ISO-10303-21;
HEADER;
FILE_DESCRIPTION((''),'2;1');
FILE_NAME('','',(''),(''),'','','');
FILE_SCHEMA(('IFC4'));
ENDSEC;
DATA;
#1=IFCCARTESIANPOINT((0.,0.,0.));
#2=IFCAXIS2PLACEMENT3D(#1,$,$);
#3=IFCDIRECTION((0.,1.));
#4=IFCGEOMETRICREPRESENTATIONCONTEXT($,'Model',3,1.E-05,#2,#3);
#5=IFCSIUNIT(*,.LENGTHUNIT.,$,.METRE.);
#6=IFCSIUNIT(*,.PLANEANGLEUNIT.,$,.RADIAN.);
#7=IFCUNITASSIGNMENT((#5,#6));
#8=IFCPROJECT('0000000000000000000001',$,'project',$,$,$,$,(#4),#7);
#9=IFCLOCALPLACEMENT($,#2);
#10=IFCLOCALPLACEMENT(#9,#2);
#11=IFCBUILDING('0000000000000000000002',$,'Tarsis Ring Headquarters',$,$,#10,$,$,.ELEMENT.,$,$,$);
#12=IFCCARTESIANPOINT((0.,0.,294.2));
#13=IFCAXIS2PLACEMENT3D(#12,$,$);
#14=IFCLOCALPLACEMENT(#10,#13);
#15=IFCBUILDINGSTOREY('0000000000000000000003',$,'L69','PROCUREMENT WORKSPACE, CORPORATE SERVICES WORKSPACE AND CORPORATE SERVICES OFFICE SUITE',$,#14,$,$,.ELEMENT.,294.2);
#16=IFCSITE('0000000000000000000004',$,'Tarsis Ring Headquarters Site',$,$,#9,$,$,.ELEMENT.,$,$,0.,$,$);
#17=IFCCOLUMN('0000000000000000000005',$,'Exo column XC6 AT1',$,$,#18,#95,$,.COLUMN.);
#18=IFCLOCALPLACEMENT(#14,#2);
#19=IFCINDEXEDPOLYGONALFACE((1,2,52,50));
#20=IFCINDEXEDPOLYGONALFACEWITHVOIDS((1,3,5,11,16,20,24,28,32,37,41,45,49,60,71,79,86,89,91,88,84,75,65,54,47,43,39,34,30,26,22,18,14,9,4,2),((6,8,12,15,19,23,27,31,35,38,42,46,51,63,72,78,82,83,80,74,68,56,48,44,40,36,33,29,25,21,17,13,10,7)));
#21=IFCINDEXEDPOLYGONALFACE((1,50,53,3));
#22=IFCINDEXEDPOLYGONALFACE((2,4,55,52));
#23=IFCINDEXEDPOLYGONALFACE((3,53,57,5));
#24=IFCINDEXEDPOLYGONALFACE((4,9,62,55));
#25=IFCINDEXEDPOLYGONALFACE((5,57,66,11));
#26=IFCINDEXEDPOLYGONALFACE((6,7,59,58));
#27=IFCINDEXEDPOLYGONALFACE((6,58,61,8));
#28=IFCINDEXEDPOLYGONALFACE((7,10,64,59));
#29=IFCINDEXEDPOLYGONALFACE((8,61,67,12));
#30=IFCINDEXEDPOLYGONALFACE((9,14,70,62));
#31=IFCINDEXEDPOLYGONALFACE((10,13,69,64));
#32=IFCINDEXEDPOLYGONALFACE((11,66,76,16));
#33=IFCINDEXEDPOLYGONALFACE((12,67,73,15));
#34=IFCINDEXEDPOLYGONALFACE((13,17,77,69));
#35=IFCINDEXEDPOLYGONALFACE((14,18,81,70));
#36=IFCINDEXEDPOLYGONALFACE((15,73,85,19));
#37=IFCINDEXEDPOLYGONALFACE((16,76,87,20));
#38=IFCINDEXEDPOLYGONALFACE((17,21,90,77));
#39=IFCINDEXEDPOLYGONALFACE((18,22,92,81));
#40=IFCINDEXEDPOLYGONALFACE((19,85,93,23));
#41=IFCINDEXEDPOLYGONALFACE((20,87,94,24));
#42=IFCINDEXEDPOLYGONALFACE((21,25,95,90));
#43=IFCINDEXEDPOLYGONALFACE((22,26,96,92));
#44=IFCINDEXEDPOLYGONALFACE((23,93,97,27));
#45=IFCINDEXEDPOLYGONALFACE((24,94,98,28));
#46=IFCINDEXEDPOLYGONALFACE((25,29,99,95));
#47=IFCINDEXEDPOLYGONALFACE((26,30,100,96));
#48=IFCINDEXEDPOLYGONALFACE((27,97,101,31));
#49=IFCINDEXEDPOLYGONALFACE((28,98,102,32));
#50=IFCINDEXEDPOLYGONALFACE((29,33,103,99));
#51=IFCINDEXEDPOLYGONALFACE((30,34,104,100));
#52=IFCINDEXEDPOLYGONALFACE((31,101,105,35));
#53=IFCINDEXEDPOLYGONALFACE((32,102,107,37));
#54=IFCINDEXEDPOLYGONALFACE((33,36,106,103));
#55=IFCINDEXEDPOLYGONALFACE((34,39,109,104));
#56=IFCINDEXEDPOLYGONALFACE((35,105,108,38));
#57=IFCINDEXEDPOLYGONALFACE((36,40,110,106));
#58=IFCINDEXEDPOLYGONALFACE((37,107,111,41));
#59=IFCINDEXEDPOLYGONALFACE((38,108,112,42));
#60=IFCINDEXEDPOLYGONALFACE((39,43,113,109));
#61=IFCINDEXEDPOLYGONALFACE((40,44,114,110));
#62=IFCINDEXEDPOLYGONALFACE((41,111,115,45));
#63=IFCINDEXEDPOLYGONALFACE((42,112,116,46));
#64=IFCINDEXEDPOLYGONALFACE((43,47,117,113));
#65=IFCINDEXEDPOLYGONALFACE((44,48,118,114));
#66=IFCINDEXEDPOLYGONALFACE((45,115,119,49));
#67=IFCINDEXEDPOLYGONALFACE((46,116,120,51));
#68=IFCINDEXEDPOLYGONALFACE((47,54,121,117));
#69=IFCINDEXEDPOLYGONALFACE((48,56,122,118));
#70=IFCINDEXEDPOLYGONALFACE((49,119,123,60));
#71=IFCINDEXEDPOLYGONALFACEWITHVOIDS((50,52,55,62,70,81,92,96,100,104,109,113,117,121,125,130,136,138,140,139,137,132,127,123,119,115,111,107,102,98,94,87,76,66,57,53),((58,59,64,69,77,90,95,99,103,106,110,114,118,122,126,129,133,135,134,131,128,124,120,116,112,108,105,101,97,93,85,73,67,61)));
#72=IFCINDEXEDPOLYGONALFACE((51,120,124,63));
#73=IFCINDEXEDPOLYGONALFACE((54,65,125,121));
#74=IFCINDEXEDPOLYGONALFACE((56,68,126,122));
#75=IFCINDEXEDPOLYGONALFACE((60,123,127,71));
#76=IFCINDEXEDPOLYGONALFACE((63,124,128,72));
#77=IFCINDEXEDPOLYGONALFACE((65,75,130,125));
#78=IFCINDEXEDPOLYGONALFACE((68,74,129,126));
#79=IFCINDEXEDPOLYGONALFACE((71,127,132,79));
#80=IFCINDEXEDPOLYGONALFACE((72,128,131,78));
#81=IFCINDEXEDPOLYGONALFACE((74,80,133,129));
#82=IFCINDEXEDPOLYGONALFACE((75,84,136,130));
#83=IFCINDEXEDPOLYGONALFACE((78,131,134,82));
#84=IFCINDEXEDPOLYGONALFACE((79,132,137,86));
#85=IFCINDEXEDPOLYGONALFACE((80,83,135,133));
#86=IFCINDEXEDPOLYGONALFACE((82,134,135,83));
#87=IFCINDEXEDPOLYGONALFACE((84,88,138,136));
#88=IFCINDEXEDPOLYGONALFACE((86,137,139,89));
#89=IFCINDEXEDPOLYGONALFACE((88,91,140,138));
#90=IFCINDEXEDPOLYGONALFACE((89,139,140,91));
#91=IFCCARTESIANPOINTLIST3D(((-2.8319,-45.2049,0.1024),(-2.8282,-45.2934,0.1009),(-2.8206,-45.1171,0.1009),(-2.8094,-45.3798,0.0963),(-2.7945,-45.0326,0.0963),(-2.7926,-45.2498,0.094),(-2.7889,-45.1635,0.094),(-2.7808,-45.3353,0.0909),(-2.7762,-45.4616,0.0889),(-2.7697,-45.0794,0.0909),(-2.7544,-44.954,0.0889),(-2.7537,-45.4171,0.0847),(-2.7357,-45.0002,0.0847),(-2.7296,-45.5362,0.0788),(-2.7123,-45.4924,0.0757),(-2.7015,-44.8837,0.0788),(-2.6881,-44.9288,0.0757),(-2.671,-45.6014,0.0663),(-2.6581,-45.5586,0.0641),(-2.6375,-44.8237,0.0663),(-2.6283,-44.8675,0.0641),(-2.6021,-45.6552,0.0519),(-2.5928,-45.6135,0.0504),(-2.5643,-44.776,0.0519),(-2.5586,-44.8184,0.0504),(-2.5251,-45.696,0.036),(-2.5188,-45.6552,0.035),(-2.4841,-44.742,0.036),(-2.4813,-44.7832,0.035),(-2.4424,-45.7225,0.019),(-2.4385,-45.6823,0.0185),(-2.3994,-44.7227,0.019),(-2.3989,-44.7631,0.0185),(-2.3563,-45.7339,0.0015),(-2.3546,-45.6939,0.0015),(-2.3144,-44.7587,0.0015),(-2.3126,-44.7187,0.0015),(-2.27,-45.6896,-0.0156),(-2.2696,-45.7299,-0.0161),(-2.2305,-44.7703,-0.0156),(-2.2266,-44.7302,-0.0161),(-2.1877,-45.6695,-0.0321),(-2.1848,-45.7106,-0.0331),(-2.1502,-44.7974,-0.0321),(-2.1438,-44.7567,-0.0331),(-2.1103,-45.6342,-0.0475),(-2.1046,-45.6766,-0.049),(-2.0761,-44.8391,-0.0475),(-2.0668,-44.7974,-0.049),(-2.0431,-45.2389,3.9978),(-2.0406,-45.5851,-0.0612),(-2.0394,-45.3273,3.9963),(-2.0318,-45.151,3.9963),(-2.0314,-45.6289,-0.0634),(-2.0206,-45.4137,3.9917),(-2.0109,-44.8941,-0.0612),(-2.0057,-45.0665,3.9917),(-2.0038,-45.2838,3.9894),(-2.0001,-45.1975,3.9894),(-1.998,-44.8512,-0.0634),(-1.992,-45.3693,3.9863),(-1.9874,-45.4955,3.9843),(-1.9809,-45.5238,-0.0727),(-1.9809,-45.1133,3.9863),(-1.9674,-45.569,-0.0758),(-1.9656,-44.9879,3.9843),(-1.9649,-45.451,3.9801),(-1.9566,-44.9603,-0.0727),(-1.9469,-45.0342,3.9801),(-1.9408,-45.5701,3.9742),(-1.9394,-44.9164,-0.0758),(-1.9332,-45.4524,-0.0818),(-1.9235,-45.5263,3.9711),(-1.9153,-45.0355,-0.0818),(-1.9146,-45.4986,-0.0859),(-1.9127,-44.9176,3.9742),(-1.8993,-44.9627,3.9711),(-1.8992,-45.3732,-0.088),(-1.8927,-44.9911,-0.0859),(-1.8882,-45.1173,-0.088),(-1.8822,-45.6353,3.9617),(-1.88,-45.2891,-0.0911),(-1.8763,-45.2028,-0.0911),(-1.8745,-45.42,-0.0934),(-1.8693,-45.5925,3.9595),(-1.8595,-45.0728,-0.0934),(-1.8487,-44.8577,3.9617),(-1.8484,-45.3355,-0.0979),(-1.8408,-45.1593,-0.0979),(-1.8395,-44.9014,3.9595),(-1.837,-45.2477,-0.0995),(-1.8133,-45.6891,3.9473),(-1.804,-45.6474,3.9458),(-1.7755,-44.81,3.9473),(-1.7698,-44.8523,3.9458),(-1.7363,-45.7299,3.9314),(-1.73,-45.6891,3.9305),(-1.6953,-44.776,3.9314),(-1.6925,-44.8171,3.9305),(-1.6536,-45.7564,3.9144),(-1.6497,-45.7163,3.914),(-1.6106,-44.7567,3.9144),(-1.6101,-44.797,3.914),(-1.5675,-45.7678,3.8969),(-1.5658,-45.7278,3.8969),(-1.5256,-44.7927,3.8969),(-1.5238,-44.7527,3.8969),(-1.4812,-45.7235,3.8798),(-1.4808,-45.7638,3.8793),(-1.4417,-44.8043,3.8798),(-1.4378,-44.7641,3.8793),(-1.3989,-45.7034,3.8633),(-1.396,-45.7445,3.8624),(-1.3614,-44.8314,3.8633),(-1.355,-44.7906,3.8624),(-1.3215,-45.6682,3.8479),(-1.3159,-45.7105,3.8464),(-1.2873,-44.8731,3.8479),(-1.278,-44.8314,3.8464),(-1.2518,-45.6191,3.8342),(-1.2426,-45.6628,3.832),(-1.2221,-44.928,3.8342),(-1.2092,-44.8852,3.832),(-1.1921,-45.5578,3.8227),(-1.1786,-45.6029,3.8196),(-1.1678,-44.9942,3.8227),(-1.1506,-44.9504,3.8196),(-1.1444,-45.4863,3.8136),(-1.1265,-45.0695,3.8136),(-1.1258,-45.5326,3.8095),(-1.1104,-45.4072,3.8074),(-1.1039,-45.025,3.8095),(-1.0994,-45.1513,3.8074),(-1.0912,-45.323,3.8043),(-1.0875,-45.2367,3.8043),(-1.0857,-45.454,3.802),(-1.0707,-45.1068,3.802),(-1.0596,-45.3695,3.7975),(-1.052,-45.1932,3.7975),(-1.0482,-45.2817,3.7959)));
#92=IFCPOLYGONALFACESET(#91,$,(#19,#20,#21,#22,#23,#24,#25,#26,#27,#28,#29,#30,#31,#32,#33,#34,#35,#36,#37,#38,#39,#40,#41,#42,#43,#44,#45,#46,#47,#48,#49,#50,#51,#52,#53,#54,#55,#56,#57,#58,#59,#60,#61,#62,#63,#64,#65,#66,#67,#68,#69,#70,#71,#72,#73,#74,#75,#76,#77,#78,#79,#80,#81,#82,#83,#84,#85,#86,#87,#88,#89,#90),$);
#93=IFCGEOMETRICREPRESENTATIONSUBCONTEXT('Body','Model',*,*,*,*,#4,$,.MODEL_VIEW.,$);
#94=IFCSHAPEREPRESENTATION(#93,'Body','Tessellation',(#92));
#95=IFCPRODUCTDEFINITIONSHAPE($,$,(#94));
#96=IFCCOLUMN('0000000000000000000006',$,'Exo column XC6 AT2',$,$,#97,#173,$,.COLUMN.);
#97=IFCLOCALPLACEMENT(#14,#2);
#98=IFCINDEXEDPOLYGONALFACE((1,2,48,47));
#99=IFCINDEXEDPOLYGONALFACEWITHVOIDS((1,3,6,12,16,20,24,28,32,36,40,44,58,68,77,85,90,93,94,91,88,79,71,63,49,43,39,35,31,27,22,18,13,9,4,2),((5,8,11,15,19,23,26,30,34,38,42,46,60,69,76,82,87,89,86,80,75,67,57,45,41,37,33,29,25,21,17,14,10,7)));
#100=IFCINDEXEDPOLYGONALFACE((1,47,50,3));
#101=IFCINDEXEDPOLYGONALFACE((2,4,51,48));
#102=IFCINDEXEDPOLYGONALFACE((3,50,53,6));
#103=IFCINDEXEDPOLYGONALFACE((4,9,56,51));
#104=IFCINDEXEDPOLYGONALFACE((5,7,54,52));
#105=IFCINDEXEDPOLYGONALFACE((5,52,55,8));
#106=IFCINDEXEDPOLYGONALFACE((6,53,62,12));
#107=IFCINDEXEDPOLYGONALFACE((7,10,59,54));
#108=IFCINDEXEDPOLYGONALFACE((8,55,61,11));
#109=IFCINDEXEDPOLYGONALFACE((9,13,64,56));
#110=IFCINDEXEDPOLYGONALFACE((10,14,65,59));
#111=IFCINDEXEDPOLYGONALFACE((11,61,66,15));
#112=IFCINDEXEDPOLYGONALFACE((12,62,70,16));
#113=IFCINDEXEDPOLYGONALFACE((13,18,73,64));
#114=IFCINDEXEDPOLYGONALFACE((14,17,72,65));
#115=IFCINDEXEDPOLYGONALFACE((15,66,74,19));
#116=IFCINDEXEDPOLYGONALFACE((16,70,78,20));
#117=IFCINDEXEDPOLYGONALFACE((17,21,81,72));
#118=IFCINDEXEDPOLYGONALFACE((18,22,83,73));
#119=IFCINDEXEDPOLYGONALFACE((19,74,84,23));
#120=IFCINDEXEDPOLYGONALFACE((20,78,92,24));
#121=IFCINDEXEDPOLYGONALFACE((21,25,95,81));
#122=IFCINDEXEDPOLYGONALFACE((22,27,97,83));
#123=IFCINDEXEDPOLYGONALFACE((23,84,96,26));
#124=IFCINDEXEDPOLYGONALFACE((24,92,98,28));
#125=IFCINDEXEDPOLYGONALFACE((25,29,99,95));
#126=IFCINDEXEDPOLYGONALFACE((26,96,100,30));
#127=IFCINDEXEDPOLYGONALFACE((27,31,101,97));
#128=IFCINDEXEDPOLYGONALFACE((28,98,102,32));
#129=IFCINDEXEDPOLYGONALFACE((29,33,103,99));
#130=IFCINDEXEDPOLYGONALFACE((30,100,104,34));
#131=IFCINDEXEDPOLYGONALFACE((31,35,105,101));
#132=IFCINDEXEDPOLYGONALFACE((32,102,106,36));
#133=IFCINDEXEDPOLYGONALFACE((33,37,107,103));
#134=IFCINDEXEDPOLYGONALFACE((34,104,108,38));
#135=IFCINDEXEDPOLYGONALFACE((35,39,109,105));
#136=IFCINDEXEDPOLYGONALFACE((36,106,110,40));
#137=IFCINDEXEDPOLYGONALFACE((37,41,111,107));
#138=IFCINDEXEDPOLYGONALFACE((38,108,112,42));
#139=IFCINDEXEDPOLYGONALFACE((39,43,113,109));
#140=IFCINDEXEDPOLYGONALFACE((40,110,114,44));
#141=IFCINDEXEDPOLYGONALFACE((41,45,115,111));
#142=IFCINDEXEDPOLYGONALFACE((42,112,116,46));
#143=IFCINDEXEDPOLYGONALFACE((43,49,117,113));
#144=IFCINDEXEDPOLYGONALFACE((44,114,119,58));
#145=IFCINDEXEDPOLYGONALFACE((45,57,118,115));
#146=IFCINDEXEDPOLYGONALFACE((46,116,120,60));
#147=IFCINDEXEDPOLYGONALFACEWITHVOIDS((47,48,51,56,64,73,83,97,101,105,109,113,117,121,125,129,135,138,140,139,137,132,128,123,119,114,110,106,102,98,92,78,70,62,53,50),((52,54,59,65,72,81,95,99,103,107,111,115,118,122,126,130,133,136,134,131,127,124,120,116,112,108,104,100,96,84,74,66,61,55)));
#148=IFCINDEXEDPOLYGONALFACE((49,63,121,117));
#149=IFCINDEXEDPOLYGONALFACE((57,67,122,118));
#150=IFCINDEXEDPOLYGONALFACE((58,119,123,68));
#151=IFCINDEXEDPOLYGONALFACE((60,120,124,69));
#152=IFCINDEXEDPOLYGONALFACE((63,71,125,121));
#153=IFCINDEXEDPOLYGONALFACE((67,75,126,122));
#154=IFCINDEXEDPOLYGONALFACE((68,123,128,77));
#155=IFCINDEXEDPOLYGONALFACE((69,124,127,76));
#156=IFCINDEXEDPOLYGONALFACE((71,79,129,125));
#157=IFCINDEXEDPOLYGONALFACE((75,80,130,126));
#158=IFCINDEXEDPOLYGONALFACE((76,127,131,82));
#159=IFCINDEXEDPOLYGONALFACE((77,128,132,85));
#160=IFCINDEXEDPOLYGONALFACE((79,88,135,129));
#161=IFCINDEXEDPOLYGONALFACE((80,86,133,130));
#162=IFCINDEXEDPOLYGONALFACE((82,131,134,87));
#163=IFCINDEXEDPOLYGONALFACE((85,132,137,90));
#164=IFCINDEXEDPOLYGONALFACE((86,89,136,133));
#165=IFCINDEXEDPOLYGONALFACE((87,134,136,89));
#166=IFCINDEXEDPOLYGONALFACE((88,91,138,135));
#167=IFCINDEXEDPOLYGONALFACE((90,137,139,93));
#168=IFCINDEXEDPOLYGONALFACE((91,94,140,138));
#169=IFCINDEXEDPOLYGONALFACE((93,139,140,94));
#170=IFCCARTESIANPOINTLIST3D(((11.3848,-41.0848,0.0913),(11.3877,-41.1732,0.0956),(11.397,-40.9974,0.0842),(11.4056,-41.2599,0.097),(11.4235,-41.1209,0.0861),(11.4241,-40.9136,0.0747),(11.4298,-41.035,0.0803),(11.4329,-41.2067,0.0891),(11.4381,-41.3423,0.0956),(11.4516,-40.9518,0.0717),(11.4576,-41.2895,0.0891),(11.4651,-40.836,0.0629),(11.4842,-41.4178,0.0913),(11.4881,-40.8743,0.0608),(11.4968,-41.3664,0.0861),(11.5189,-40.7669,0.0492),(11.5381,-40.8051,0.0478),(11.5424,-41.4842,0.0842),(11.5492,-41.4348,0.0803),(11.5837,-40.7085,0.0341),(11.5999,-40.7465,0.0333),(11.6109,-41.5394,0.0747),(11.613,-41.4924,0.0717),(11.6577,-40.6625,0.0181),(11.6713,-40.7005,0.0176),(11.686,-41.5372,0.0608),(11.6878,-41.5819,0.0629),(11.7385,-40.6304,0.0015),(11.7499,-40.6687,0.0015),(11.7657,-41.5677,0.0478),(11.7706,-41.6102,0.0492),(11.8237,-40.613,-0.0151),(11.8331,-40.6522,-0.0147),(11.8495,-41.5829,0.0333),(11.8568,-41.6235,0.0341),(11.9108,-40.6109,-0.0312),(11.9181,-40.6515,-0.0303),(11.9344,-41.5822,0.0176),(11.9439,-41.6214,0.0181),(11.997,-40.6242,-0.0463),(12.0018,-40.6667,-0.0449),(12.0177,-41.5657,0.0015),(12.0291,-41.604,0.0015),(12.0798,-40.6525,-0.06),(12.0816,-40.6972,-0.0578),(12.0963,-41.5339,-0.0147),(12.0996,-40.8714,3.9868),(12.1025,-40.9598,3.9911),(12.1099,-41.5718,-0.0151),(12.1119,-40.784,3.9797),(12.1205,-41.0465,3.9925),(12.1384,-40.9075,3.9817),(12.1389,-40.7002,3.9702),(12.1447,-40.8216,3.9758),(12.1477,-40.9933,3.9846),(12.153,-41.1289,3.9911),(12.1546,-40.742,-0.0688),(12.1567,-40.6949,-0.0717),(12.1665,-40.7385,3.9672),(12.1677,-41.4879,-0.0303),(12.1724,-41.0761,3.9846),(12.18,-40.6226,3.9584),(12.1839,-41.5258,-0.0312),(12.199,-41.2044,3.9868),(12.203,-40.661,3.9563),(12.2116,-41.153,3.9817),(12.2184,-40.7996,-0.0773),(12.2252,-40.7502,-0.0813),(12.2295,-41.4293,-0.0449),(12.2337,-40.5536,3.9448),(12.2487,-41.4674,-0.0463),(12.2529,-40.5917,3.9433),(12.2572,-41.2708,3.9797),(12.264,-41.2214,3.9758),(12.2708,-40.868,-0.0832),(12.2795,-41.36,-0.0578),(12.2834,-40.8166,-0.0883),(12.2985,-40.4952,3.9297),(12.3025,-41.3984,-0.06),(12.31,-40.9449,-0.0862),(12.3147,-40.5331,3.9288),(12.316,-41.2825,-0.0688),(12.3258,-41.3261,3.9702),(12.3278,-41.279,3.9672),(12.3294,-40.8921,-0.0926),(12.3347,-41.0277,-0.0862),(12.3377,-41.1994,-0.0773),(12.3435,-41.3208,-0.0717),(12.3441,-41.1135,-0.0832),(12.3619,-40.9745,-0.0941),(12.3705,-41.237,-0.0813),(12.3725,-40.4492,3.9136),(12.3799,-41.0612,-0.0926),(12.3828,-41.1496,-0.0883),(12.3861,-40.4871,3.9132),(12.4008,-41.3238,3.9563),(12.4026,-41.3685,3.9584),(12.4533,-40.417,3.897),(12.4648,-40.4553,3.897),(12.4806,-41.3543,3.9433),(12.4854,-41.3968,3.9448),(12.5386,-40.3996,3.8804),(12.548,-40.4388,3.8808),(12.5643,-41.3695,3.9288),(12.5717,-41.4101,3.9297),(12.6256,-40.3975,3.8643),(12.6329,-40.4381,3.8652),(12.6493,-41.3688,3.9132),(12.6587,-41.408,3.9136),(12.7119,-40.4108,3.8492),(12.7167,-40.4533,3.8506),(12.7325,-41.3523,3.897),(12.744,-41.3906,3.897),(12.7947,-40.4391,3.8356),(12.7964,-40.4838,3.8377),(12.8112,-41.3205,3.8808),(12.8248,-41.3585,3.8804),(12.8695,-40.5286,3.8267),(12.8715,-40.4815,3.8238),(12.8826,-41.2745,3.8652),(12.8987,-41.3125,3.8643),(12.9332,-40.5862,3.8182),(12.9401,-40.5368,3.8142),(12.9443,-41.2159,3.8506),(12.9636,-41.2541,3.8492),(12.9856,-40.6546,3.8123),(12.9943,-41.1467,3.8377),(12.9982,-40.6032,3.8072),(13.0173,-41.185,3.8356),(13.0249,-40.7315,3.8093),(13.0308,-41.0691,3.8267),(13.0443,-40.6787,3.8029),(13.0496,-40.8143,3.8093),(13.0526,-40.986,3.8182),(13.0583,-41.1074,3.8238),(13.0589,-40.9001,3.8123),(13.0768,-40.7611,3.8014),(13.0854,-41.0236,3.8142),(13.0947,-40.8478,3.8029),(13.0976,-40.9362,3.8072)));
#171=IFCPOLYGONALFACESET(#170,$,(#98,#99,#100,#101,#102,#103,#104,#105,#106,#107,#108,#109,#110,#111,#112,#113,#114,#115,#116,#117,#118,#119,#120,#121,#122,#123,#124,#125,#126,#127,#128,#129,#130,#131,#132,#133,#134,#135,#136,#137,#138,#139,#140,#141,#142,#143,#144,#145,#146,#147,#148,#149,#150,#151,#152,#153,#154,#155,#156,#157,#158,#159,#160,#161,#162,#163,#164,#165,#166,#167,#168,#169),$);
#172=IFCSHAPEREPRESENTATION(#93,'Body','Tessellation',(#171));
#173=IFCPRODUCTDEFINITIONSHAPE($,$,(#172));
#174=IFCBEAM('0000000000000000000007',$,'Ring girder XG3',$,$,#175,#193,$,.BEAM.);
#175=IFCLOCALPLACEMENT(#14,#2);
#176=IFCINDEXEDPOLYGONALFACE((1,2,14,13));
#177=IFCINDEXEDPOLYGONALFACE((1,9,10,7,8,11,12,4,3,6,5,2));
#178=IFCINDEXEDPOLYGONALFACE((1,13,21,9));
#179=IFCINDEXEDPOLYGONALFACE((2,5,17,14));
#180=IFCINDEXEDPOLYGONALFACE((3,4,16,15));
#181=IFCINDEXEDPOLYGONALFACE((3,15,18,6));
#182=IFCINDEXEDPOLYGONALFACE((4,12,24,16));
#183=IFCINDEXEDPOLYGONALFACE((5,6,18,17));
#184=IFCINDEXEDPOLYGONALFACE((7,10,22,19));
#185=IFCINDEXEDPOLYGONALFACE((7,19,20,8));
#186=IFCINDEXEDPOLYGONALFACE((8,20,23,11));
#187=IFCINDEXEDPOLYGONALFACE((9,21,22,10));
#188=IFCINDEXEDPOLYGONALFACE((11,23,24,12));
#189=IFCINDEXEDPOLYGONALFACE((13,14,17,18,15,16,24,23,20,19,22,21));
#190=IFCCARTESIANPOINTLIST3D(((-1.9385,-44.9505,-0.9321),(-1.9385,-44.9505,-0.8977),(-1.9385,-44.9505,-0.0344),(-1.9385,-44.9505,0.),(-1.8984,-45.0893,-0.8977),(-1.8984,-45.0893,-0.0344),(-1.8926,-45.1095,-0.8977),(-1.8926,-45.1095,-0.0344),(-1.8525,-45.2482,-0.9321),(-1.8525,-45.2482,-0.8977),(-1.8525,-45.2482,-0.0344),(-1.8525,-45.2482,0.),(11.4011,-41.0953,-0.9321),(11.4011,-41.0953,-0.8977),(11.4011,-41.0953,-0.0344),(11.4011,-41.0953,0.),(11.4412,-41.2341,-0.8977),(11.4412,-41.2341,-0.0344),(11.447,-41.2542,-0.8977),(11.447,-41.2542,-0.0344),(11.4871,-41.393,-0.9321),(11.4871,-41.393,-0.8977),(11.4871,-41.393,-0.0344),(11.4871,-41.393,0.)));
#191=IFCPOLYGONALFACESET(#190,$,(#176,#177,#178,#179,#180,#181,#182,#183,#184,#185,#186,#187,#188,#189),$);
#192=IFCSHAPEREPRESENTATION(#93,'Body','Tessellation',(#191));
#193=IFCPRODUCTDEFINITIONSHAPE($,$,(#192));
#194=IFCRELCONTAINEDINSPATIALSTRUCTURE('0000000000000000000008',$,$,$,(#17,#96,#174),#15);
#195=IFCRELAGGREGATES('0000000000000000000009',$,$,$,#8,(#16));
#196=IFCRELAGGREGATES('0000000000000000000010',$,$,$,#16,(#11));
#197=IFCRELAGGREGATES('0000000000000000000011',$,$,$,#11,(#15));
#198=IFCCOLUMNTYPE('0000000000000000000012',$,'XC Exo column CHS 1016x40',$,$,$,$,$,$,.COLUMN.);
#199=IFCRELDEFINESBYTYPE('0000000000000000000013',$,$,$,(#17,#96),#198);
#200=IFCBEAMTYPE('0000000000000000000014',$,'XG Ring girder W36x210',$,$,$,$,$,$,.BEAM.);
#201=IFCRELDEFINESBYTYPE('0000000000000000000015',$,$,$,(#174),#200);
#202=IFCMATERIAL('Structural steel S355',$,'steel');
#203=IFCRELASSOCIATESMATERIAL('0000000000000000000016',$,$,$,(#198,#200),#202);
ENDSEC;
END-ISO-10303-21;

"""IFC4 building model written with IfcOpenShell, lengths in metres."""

from ifc_helpers import new_model, si_unit, direction, frame, origin, origin_2d, place, context, subcontext, project, spatial, hollow_circle, i_section, extrude, material, material_profile, profile_set, type_object, element, save


model = new_model("IFC4")

# Units and contexts
model_context = context("Model", 3, precision=1e-05, world=origin(), true_north=direction((0.0, 1.0)))
body_context = subcontext(model_context, "Body", "Model", "MODEL_VIEW")
ifc_project = project(units=[si_unit("LENGTHUNIT", "METRE"), si_unit("PLANEANGLEUNIT", "RADIAN")], contexts=[model_context])

# Site, building, storey
site_placement = place(None, origin())
site = spatial("IfcSite", under=ifc_project, at=site_placement, Name="Tarsis Ring Headquarters Site", CompositionType="ELEMENT", RefElevation=0.0)
building_placement = place(site_placement, origin())
building = spatial("IfcBuilding", under=site, at=building_placement, Name="Tarsis Ring Headquarters", CompositionType="ELEMENT")
storey_placement = place(building_placement, frame((0.0, 0.0, 294.2)))
storey = spatial("IfcBuildingStorey", under=building, at=storey_placement, Name="L69", Description="PROCUREMENT WORKSPACE, CORPORATE SERVICES WORKSPACE AND CORPORATE SERVICES OFFICE SUITE", CompositionType="ELEMENT", Elevation=294.2)

# Columns
ifc_material_1 = material(Name="Structural steel S355", Category="steel")
ifc_material_profile_1 = material_profile(ifc_material_1, hollow_circle(Radius=0.5081, WallThickness=0.04, at=origin_2d()), Name="CHS 1016x40")
ifc_profile_set_1 = profile_set([ifc_material_profile_1], Name="Structural steel S355")
column_type = type_object("IfcColumnType", Name="XC Exo column CHS 1016x40", PredefinedType="COLUMN", material=ifc_profile_set_1)
column_1_placement = place(storey_placement, frame((-2.3345, -45.2263, 0.0015), z_axis=(0.198459, -0.008538, 0.980072), x_axis=(0.042981, 0.999076, 0.0)))
element("IfcColumn", 1, at=column_1_placement, inside=storey, type_object=column_type, Name="Exo column XC6 AT1", PredefinedType="COLUMN", context=body_context, shape_type="SweptSolid", body=[
    extrude(hollow_circle(Radius=0.5081, WallThickness=0.04, at=origin_2d()), origin(), (0.0, 0.0, 1.0), 3.9746),
])
column_2_placement = place(storey_placement, frame((11.8838, -41.1172, 0.0015), z_axis=(0.180229, 0.053798, 0.982152), x_axis=(-0.286027, 0.958222, 0.0)))
element("IfcColumn", 2, at=column_2_placement, inside=storey, type_object=column_type, Name="Exo column XC6 AT2", PredefinedType="COLUMN", context=body_context, shape_type="SweptSolid", body=[
    extrude(hollow_circle(Radius=0.5081, WallThickness=0.04, at=origin_2d()), origin(), (0.0, 0.0, 1.0), 3.9663),
])

# Beam
ifc_material_profile_2 = material_profile(ifc_material_1, i_section(OverallWidth=0.3098, OverallDepth=0.9321, WebThickness=0.021, FlangeThickness=0.0344, at=origin_2d()), Name="W36x210")
ifc_profile_set_2 = profile_set([ifc_material_profile_2], Name="Structural steel S355")
beam_type = type_object("IfcBeamType", Name="XG Ring girder W36x210", PredefinedType="BEAM", material=ifc_profile_set_2)
beam_placement = place(storey_placement, frame((-1.8955, -45.0994, -0.4661), z_axis=(0.960684, 0.277644, 0.0), x_axis=(-0.277644, 0.960684, 0.0)))
element("IfcBeam", 3, at=beam_placement, inside=storey, type_object=beam_type, Name="Ring girder XG3", PredefinedType="BEAM", context=body_context, shape_type="SweptSolid", body=[
    extrude(i_section(OverallWidth=0.3098, OverallDepth=0.9321, WebThickness=0.021, FlangeThickness=0.0344, at=origin_2d()), origin(), (0.0, 0.0, 1.0), 13.8855),
])

save(model, "model.ifc")
